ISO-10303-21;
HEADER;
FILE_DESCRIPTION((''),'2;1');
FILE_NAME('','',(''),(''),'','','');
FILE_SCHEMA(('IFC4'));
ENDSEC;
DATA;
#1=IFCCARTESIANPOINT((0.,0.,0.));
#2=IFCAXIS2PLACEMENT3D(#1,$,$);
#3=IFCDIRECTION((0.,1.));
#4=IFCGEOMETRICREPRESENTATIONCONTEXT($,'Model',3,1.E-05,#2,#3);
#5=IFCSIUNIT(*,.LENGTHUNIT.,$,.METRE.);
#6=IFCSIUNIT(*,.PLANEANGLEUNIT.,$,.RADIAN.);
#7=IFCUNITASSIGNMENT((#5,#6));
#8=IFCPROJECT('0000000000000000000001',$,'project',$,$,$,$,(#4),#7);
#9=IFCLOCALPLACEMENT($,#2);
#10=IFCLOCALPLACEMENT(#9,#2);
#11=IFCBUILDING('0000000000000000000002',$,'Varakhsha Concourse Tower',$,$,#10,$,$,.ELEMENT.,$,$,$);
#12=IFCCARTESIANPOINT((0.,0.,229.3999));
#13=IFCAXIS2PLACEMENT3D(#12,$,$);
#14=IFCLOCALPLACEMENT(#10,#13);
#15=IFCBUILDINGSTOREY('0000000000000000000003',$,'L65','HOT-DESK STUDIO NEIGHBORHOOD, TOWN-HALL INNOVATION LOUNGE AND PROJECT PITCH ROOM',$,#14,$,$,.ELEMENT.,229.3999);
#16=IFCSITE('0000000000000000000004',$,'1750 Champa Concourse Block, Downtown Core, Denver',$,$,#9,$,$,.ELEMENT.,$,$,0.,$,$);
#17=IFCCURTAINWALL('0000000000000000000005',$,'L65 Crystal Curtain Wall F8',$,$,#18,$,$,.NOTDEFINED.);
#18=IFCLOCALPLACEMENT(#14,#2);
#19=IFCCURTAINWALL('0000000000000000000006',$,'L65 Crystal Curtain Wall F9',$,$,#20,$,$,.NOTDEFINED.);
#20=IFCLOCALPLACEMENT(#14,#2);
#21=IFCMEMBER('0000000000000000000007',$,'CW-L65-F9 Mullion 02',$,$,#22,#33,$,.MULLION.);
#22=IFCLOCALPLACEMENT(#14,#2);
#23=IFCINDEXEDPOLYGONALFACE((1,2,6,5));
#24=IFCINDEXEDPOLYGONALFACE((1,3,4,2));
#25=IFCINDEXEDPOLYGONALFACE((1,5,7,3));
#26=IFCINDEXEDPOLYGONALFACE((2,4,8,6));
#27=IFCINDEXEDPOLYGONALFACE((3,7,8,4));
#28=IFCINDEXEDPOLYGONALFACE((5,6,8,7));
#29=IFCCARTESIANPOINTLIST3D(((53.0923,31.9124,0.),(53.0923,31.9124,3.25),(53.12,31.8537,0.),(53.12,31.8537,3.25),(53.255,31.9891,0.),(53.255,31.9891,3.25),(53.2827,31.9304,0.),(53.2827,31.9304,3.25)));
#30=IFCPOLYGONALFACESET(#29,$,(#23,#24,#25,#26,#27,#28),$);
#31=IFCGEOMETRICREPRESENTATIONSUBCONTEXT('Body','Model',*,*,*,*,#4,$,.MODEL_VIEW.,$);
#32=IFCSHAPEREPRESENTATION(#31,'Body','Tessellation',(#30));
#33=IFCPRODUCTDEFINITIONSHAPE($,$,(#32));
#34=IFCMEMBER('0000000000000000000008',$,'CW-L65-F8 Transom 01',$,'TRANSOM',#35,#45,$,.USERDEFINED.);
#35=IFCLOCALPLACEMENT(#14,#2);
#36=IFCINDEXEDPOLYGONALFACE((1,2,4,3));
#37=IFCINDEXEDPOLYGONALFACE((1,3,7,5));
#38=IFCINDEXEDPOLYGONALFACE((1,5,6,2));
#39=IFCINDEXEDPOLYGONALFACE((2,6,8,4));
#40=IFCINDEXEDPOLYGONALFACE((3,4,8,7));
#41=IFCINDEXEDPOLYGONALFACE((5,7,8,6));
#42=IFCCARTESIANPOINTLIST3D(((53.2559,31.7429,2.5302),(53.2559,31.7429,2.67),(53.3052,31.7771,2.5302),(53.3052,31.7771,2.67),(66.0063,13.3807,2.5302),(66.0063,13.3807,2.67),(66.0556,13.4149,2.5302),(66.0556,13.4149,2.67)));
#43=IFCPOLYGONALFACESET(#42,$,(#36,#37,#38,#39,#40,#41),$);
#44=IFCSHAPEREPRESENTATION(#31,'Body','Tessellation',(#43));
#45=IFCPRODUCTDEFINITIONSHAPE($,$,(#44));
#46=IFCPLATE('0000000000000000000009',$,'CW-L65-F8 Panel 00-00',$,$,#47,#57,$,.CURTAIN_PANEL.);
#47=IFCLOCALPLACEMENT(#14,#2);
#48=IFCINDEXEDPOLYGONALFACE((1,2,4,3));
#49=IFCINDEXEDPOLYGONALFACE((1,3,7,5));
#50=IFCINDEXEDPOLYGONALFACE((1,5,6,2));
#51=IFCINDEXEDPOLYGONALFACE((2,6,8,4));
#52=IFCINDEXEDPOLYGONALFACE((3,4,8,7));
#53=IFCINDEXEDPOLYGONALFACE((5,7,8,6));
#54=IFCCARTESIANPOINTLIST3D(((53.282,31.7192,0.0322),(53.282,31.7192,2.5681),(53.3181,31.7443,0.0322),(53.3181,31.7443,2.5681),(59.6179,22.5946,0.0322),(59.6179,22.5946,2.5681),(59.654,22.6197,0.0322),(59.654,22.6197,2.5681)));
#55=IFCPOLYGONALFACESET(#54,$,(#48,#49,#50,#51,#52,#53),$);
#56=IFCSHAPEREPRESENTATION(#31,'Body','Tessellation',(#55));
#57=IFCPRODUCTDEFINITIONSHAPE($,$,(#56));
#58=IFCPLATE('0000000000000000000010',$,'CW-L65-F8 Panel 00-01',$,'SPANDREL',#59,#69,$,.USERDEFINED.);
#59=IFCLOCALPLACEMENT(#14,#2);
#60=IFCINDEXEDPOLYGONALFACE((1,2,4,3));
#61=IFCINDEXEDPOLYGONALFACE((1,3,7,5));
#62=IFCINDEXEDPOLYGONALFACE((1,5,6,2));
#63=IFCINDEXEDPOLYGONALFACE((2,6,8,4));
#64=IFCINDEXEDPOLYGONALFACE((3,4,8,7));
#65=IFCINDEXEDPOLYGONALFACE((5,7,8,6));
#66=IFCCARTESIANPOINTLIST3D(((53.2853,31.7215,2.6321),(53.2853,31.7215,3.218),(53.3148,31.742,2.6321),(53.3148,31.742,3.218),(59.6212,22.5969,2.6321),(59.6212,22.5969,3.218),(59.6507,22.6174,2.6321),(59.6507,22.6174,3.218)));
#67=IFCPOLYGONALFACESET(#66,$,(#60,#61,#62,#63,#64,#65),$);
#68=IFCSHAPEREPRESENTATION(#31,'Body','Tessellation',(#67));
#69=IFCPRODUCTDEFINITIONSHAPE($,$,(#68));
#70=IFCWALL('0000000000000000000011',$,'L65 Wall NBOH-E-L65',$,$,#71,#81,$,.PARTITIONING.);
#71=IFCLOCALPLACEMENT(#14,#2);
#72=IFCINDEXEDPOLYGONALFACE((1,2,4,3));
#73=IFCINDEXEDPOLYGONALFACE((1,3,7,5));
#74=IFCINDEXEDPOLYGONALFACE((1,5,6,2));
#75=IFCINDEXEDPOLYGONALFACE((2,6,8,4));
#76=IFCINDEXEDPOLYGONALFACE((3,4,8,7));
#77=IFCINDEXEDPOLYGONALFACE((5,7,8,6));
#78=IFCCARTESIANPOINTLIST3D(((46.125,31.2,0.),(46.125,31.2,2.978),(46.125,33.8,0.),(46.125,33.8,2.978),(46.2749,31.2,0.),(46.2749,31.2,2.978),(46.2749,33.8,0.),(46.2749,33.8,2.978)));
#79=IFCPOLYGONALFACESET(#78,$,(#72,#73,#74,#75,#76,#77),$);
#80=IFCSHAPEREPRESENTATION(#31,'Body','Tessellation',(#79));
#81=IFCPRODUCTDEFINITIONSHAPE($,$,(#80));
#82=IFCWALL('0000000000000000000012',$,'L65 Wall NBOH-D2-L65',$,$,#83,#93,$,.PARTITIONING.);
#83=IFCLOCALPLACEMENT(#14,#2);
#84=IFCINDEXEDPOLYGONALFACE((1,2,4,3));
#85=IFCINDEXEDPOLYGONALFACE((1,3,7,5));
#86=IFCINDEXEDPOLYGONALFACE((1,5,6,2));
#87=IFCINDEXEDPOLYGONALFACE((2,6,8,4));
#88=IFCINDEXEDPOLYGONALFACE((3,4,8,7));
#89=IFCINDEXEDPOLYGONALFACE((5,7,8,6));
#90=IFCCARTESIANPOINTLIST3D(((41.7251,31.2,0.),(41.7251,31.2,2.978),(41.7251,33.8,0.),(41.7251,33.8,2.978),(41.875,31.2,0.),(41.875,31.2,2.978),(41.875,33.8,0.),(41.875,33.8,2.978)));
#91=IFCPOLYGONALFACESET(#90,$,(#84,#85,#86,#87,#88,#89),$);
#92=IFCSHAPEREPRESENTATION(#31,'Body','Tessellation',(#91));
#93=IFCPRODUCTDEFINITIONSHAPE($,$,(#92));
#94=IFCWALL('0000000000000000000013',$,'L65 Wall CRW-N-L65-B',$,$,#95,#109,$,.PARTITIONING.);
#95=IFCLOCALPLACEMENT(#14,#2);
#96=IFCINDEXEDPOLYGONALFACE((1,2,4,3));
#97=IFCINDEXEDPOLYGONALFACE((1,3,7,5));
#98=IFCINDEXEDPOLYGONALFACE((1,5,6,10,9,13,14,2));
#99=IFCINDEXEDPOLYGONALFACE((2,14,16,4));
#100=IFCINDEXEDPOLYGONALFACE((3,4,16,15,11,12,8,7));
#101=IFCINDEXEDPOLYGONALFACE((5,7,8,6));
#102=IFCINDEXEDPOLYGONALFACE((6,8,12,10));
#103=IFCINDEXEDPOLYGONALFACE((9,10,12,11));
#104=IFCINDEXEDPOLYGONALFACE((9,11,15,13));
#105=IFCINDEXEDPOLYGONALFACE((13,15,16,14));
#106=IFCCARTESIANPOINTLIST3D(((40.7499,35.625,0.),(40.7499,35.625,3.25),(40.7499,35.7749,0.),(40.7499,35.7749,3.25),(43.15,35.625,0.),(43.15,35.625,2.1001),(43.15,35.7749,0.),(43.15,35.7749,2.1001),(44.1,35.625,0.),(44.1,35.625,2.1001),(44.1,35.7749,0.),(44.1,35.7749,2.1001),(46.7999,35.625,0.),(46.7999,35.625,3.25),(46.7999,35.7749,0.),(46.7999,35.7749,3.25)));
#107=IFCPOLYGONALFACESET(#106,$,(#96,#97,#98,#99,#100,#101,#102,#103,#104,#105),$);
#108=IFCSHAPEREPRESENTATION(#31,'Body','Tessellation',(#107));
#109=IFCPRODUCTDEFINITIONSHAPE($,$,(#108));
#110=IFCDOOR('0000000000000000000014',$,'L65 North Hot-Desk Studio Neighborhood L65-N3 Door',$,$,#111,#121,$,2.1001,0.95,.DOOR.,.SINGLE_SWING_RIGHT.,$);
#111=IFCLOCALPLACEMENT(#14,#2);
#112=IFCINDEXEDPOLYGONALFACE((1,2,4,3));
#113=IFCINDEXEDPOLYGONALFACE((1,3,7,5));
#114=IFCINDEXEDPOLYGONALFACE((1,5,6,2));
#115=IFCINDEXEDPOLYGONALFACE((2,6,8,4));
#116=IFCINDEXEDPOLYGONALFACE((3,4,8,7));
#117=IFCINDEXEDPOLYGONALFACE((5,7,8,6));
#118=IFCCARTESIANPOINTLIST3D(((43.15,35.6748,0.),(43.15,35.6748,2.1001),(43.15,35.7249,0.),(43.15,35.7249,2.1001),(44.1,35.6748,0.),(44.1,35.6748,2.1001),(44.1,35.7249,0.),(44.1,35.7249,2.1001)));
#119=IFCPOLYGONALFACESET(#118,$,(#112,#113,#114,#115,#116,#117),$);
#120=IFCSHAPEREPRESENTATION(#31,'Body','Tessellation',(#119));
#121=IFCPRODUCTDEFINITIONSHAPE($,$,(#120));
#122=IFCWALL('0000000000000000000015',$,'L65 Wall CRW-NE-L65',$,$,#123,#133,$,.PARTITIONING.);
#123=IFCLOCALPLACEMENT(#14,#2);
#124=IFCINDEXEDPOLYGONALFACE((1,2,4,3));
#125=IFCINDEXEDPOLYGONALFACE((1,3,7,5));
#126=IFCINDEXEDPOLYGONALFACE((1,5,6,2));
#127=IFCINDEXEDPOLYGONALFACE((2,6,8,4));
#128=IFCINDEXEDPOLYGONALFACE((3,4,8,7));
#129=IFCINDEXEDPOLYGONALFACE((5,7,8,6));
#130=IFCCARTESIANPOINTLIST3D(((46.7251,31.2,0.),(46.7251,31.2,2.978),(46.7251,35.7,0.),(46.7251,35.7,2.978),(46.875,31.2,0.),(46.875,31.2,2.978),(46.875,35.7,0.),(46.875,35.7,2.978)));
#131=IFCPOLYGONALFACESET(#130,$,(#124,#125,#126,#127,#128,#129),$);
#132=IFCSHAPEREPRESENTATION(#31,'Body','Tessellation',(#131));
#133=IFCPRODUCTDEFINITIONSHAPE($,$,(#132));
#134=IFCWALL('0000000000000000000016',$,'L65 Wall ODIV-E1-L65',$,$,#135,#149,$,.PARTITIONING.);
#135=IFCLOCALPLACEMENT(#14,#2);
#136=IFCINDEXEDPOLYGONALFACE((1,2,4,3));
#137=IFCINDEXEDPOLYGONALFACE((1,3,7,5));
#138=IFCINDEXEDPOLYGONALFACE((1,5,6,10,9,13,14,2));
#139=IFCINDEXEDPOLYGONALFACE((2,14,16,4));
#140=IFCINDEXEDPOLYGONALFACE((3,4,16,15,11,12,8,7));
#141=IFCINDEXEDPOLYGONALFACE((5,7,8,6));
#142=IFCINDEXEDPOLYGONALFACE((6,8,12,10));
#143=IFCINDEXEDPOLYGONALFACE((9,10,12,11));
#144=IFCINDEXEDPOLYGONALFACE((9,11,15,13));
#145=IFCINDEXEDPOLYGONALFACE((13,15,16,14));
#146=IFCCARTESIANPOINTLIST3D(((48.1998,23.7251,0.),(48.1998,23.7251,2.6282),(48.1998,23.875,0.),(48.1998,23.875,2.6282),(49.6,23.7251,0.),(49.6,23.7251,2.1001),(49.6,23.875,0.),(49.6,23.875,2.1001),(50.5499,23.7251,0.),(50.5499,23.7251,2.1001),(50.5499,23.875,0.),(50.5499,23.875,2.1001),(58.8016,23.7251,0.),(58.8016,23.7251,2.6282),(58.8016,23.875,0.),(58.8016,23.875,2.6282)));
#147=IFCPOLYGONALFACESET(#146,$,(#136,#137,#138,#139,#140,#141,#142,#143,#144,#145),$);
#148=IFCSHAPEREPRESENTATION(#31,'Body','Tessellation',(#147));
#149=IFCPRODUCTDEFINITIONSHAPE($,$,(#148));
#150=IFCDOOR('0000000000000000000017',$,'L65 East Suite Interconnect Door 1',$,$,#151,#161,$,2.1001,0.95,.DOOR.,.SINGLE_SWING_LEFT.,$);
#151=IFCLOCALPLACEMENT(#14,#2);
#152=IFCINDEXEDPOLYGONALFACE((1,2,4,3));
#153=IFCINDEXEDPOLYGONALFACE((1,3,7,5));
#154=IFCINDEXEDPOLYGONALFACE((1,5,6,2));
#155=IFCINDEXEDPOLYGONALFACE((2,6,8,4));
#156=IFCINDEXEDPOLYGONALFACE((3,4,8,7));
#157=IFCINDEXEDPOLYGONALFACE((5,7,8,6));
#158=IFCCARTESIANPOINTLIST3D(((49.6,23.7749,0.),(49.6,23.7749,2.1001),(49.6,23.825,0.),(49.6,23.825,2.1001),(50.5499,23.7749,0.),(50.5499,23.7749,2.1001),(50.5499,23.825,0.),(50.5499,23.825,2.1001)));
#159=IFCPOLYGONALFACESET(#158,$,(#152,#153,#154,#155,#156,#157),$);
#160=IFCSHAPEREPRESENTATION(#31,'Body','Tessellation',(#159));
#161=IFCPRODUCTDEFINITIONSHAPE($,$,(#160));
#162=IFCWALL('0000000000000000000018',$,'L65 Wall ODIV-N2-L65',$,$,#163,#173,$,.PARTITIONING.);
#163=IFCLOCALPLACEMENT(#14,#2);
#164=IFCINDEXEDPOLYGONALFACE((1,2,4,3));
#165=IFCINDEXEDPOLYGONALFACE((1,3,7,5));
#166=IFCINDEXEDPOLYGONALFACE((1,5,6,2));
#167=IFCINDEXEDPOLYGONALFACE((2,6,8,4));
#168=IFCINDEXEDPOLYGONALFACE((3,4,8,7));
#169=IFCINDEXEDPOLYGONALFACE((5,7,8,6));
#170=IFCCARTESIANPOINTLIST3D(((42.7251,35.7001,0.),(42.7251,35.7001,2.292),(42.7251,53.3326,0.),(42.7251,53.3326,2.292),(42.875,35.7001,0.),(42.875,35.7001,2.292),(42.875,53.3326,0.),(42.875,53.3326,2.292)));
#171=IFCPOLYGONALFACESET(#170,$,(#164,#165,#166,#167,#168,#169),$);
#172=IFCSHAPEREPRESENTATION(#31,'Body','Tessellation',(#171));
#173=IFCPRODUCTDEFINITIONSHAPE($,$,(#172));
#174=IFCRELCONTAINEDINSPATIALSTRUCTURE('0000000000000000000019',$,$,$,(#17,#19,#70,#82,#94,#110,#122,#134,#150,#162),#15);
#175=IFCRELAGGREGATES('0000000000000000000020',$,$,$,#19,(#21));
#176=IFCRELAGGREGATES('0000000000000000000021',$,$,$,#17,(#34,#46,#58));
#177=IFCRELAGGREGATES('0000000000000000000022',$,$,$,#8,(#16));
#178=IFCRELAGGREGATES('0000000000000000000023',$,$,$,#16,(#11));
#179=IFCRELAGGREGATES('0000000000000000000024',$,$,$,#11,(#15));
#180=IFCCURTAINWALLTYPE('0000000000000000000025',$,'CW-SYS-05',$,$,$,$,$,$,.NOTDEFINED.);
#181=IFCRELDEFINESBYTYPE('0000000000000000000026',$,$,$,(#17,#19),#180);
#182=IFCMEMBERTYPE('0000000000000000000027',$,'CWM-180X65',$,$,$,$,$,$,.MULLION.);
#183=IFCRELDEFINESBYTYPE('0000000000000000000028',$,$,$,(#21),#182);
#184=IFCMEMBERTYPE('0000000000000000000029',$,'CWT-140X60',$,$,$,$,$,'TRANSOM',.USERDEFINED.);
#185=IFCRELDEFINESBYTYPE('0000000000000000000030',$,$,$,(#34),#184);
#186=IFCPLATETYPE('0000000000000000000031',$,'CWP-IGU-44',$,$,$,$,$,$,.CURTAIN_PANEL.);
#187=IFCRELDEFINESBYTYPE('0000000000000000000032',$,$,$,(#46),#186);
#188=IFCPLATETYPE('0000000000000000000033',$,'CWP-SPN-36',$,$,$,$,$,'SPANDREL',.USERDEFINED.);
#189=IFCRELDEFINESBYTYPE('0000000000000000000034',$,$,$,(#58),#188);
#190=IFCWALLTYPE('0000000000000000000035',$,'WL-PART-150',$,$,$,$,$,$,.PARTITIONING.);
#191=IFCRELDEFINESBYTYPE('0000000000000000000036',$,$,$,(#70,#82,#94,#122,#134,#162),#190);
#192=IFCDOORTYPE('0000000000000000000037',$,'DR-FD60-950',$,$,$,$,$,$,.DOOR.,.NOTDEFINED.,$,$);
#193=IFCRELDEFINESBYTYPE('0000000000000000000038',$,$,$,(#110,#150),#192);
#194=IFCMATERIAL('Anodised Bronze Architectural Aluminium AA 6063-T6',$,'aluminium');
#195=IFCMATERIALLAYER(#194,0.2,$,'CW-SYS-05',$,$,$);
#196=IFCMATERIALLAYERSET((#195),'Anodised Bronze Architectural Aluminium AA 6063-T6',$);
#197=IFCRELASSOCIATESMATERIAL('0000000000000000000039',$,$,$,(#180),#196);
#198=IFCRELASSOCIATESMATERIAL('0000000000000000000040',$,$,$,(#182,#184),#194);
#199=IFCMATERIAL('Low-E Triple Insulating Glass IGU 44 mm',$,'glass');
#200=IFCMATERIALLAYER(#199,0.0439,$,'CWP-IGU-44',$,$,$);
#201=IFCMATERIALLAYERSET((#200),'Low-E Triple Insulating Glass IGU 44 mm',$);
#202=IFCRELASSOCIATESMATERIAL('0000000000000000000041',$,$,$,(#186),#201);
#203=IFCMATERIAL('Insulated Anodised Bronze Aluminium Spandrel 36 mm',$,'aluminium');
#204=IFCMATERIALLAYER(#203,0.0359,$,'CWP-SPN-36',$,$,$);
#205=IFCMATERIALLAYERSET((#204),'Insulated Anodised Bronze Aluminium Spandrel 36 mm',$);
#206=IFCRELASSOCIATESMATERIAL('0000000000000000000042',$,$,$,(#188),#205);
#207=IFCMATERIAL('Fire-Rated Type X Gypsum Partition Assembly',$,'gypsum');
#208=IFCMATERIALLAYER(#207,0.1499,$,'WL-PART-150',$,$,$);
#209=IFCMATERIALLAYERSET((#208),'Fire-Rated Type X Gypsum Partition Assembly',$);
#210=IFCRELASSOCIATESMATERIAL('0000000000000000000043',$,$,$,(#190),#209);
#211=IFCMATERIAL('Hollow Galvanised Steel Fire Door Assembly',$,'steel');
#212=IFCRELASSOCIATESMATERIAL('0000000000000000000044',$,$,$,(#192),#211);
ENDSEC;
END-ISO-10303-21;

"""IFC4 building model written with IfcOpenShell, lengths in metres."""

from ifc_helpers import new_model, si_unit, direction, frame, frame_2d, origin, origin_2d, place, context, subcontext, project, spatial, rectangle, extrude, source, transform, mapped, material, layer, layer_set, material_profile, profile_set, type_object, type_shapes, element, fill, aggregate, save


model = new_model("IFC4")

# Units and contexts
model_context = context("Model", 3, precision=1e-05, world=origin(), true_north=direction((0.0, 1.0)))
body_context = subcontext(model_context, "Body", "Model", "MODEL_VIEW")
ifc_project = project(units=[si_unit("LENGTHUNIT", "METRE"), si_unit("PLANEANGLEUNIT", "RADIAN")], contexts=[model_context])

# Site, building, storey
site_placement = place(None, origin())
site = spatial("IfcSite", under=ifc_project, at=site_placement, Name="1750 Champa Concourse Block, Downtown Core, Denver", CompositionType="ELEMENT", RefElevation=0.0)
building_placement = place(site_placement, origin())
building = spatial("IfcBuilding", under=site, at=building_placement, Name="Varakhsha Concourse Tower", CompositionType="ELEMENT")
storey_placement = place(building_placement, frame((0.0, 0.0, 229.3999)))
storey = spatial("IfcBuildingStorey", under=building, at=storey_placement, Name="L65", Description="HOT-DESK STUDIO NEIGHBORHOOD, TOWN-HALL INNOVATION LOUNGE AND PROJECT PITCH ROOM", CompositionType="ELEMENT", Elevation=229.3999)

# Curtain wall
ifc_material_1 = material(Name="Anodised Bronze Architectural Aluminium AA 6063-T6", Category="aluminium")
ifc_layer_1 = layer(ifc_material_1, 0.2, Name="CW-SYS-05")
ifc_layer_set_1 = layer_set([ifc_layer_1], Name="Anodised Bronze Architectural Aluminium AA 6063-T6")
curtain_wall_type = type_object("IfcCurtainWallType", Name="CW-SYS-05", PredefinedType="NOTDEFINED", material=ifc_layer_set_1)
curtain_wall_1_placement = place(storey_placement, origin())
curtain_wall_1 = element("IfcCurtainWall", 1, at=curtain_wall_1_placement, inside=storey, type_object=curtain_wall_type, Name="L65 Crystal Curtain Wall F8", PredefinedType="NOTDEFINED")
ifc_material_profile_1 = material_profile(ifc_material_1, rectangle(XDim=0.0649, YDim=0.1799, at=origin_2d()), Name="CWM-180X65")
ifc_profile_set_1 = profile_set([ifc_material_profile_1], Name="Anodised Bronze Architectural Aluminium AA 6063-T6")
member_type_1 = type_object("IfcMemberType", Name="CWM-180X65", PredefinedType="MULLION", material=ifc_profile_set_1)
shared_shape_1 = source(origin(), body_context, "Body", "SweptSolid", [
    extrude(rectangle(XDim=0.0649, YDim=0.1799, at=origin_2d()), origin(), (0.0, 0.0, 1.0), 3.25),
])
type_shapes(member_type_1, [shared_shape_1])

# Curtain wall, member
curtain_wall_2_placement = place(storey_placement, origin())
curtain_wall_2 = element("IfcCurtainWall", 2, at=curtain_wall_2_placement, inside=storey, type_object=curtain_wall_type, Name="L65 Crystal Curtain Wall F9", PredefinedType="NOTDEFINED")
member_1_placement = place(storey_placement, frame((53.1875, 31.9214, 0.0), z_axis=(0.0, 0.0, 1.0), x_axis=(0.426172, -0.904642, 0.0)))
member_1 = element("IfcMember", 3, at=member_1_placement, type_object=member_type_1, Name="CW-L65-F9 Mullion 02", PredefinedType="MULLION", context=body_context, shape_type="MappedRepresentation", body=[
    mapped(shared_shape_1, transform((0.0, 0.0, 0.0), scale=1.0)),
])
aggregate(curtain_wall_2, [member_1])

# Member
ifc_material_profile_2 = material_profile(ifc_material_1, rectangle(XDim=0.0601, YDim=0.1399, at=origin_2d()), Name="CWT-140X60")
ifc_profile_set_2 = profile_set([ifc_material_profile_2], Name="Anodised Bronze Architectural Aluminium AA 6063-T6")
member_type_2 = type_object("IfcMemberType", Name="CWT-140X60", ElementType="TRANSOM", PredefinedType="USERDEFINED", material=ifc_profile_set_2)
shared_shape_2 = source(origin(), body_context, "Body", "SweptSolid", [
    extrude(rectangle(XDim=0.0601, YDim=0.1399, at=origin_2d()), origin(), (0.0, 0.0, 1.0), 22.355),
])
type_shapes(member_type_2, [shared_shape_2])
member_2_placement = place(storey_placement, frame((53.2805, 31.76, 2.6001), z_axis=(0.570362, -0.821393, 0.0), x_axis=(0.821393, 0.570362, 0.0)))
member_2 = element("IfcMember", 4, at=member_2_placement, type_object=member_type_2, Name="CW-L65-F8 Transom 01", ObjectType="TRANSOM", PredefinedType="USERDEFINED", context=body_context, shape_type="MappedRepresentation", body=[
    mapped(shared_shape_2, transform((0.0, 0.0, 0.0), scale=1.0)),
])

# Plates
ifc_material_2 = material(Name="Low-E Triple Insulating Glass IGU 44 mm", Category="glass")
ifc_layer_2 = layer(ifc_material_2, 0.0439, Name="CWP-IGU-44")
ifc_layer_set_2 = layer_set([ifc_layer_2], Name="Low-E Triple Insulating Glass IGU 44 mm")
plate_type_1 = type_object("IfcPlateType", Name="CWP-IGU-44", PredefinedType="CURTAIN_PANEL", material=ifc_layer_set_2)
shared_shape_3 = source(origin(), body_context, "Body", "SweptSolid", [
    extrude(rectangle(XDim=11.1086, YDim=0.0439, at=origin_2d()), origin(), (0.0, 0.0, 1.0), 2.5359),
])
type_shapes(plate_type_1, [shared_shape_3])
plate_1_placement = place(storey_placement, frame((56.468, 27.1694, 0.0322), z_axis=(0.0, 0.0, 1.0), x_axis=(0.570361, -0.821394, 0.0)))
plate_1 = element("IfcPlate", 5, at=plate_1_placement, type_object=plate_type_1, Name="CW-L65-F8 Panel 00-00", PredefinedType="CURTAIN_PANEL", context=body_context, shape_type="MappedRepresentation", body=[
    mapped(shared_shape_3, transform((0.0, 0.0, 0.0), scale=1.0)),
])
ifc_material_3 = material(Name="Insulated Anodised Bronze Aluminium Spandrel 36 mm", Category="aluminium")
ifc_layer_3 = layer(ifc_material_3, 0.0359, Name="CWP-SPN-36")
ifc_layer_set_3 = layer_set([ifc_layer_3], Name="Insulated Anodised Bronze Aluminium Spandrel 36 mm")
plate_type_2 = type_object("IfcPlateType", Name="CWP-SPN-36", ElementType="SPANDREL", PredefinedType="USERDEFINED", material=ifc_layer_set_3)
shared_shape_4 = source(origin(), body_context, "Body", "SweptSolid", [
    extrude(rectangle(XDim=11.1086, YDim=0.0359, at=origin_2d()), origin(), (0.0, 0.0, 1.0), 0.5859),
])
type_shapes(plate_type_2, [shared_shape_4])
plate_2_placement = place(storey_placement, frame((56.468, 27.1694, 2.6321), z_axis=(0.0, 0.0, 1.0), x_axis=(0.570361, -0.821394, 0.0)))
plate_2 = element("IfcPlate", 6, at=plate_2_placement, type_object=plate_type_2, Name="CW-L65-F8 Panel 00-01", ObjectType="SPANDREL", PredefinedType="USERDEFINED", context=body_context, shape_type="MappedRepresentation", body=[
    mapped(shared_shape_4, transform((0.0, 0.0, 0.0), scale=1.0)),
])
aggregate(curtain_wall_1, [member_2, plate_1, plate_2])

# Walls
ifc_material_4 = material(Name="Fire-Rated Type X Gypsum Partition Assembly", Category="gypsum")
ifc_layer_4 = layer(ifc_material_4, 0.1499, Name="WL-PART-150")
ifc_layer_set_4 = layer_set([ifc_layer_4], Name="Fire-Rated Type X Gypsum Partition Assembly")
wall_type_1 = type_object("IfcWallType", Name="WL-PART-150", PredefinedType="PARTITIONING", material=ifc_layer_set_4)
for number, where, z_axis, x_axis, name in (
    (7, (46.2, 31.2, 0.0), (0.0, 0.0, 1.0), (0.0, 1.0, 0.0), "L65 Wall NBOH-E-L65"),
    (8, (41.8, 31.2, 0.0), (0.0, 0.0, 1.0), (0.0, 1.0, 0.0), "L65 Wall NBOH-D2-L65"),
):
    element("IfcWall", number, at=place(storey_placement, frame(where, z_axis=z_axis, x_axis=x_axis)), inside=storey, type_object=wall_type_1, Name=name, PredefinedType="PARTITIONING", context=body_context, shape_type="SweptSolid", body=[
        extrude(rectangle(XDim=2.6001, YDim=0.1499, at=frame_2d((1.3, 0.0))), origin(), (0.0, 0.0, 1.0), 2.978),
    ])

# Wall, opening, door
wall_1_placement = place(storey_placement, frame((40.75, 35.7, 0.0), z_axis=(0.0, 0.0, 1.0), x_axis=(1.0, 0.0, 0.0)))
wall_1 = element("IfcWall", 9, at=wall_1_placement, inside=storey, type_object=wall_type_1, Name="L65 Wall CRW-N-L65-B", PredefinedType="PARTITIONING", context=body_context, shape_type="SweptSolid", body=[
    extrude(rectangle(XDim=6.05, YDim=0.1499, at=frame_2d((3.0249, 0.0))), origin(), (0.0, 0.0, 1.0), 3.25),
])
opening_1_placement = place(wall_1_placement, frame((2.3999, 0.0, 0.0)))
opening_1 = element("IfcOpeningElement", 10, at=opening_1_placement, cuts=wall_1, PredefinedType="OPENING", context=body_context, shape_type="SweptSolid", body=[
    extrude(rectangle(XDim=0.95, YDim=2.1001, at=frame_2d((0.4751, 1.05))), frame((0.0, 0.085, 0.0), z_axis=(0.0, -1.0, 0.0), x_axis=(1.0, 0.0, 0.0)), (0.0, 0.0, 1.0), 0.1699),
])
ifc_material_5 = material(Name="Hollow Galvanised Steel Fire Door Assembly", Category="steel")
door_type = type_object("IfcDoorType", Name="DR-FD60-950", OperationType="NOTDEFINED", PredefinedType="DOOR", material=ifc_material_5)
door_1_placement = place(opening_1_placement, origin())
door_1 = element("IfcDoor", 11, at=door_1_placement, inside=storey, type_object=door_type, Name="L65 North Hot-Desk Studio Neighborhood L65-N3 Door", OperationType="SINGLE_SWING_RIGHT", OverallHeight=2.1001, OverallWidth=0.95, PredefinedType="DOOR", context=body_context, shape_type="SweptSolid", body=[
    extrude(rectangle(XDim=0.95, YDim=2.1001, at=frame_2d((0.4751, 1.05))), frame((0.0, 0.0249, 0.0), z_axis=(0.0, -1.0, 0.0), x_axis=(1.0, 0.0, 0.0)), (0.0, 0.0, 1.0), 0.05),
])
fill(opening_1, door_1)

# Wall
wall_2_placement = place(storey_placement, frame((46.8, 31.2, 0.0), z_axis=(0.0, 0.0, 1.0), x_axis=(0.0, 1.0, 0.0)))
element("IfcWall", 12, at=wall_2_placement, inside=storey, type_object=wall_type_1, Name="L65 Wall CRW-NE-L65", PredefinedType="PARTITIONING", context=body_context, shape_type="SweptSolid", body=[
    extrude(rectangle(XDim=4.5, YDim=0.1499, at=frame_2d((2.25, 0.0))), origin(), (0.0, 0.0, 1.0), 2.978),
])

# Wall, opening, door
wall_3_placement = place(storey_placement, frame((48.2, 23.8, 0.0), z_axis=(0.0, 0.0, 1.0), x_axis=(1.0, 0.0, 0.0)))
wall_3 = element("IfcWall", 13, at=wall_3_placement, inside=storey, type_object=wall_type_1, Name="L65 Wall ODIV-E1-L65", PredefinedType="PARTITIONING", context=body_context, shape_type="SweptSolid", body=[
    extrude(rectangle(XDim=10.6018, YDim=0.1499, at=frame_2d((5.3008, 0.0))), origin(), (0.0, 0.0, 1.0), 2.6282),
])
opening_2_placement = place(wall_3_placement, frame((1.3999, 0.0, 0.0)))
opening_2 = element("IfcOpeningElement", 14, at=opening_2_placement, cuts=wall_3, PredefinedType="OPENING", context=body_context, shape_type="SweptSolid", body=[
    extrude(rectangle(XDim=0.95, YDim=2.1001, at=frame_2d((0.4751, 1.05))), frame((0.0, 0.085, 0.0), z_axis=(0.0, -1.0, 0.0), x_axis=(1.0, 0.0, 0.0)), (0.0, 0.0, 1.0), 0.1699),
])
door_2_placement = place(opening_2_placement, origin())
door_2 = element("IfcDoor", 15, at=door_2_placement, inside=storey, type_object=door_type, Name="L65 East Suite Interconnect Door 1", OperationType="SINGLE_SWING_LEFT", OverallHeight=2.1001, OverallWidth=0.95, PredefinedType="DOOR", context=body_context, shape_type="SweptSolid", body=[
    extrude(rectangle(XDim=0.95, YDim=2.1001, at=frame_2d((0.4751, 1.05))), frame((0.0, 0.0249, 0.0), z_axis=(0.0, -1.0, 0.0), x_axis=(1.0, 0.0, 0.0)), (0.0, 0.0, 1.0), 0.05),
])
fill(opening_2, door_2)

# Wall
wall_4_placement = place(storey_placement, frame((42.8, 35.7, 0.0), z_axis=(0.0, 0.0, 1.0), x_axis=(0.0, 1.0, 0.0)))
element("IfcWall", 16, at=wall_4_placement, inside=storey, type_object=wall_type_1, Name="L65 Wall ODIV-N2-L65", PredefinedType="PARTITIONING", context=body_context, shape_type="SweptSolid", body=[
    extrude(rectangle(XDim=17.6326, YDim=0.1499, at=frame_2d((8.8164, 0.0))), origin(), (0.0, 0.0, 1.0), 2.292),
])

save(model, "model.ifc")
